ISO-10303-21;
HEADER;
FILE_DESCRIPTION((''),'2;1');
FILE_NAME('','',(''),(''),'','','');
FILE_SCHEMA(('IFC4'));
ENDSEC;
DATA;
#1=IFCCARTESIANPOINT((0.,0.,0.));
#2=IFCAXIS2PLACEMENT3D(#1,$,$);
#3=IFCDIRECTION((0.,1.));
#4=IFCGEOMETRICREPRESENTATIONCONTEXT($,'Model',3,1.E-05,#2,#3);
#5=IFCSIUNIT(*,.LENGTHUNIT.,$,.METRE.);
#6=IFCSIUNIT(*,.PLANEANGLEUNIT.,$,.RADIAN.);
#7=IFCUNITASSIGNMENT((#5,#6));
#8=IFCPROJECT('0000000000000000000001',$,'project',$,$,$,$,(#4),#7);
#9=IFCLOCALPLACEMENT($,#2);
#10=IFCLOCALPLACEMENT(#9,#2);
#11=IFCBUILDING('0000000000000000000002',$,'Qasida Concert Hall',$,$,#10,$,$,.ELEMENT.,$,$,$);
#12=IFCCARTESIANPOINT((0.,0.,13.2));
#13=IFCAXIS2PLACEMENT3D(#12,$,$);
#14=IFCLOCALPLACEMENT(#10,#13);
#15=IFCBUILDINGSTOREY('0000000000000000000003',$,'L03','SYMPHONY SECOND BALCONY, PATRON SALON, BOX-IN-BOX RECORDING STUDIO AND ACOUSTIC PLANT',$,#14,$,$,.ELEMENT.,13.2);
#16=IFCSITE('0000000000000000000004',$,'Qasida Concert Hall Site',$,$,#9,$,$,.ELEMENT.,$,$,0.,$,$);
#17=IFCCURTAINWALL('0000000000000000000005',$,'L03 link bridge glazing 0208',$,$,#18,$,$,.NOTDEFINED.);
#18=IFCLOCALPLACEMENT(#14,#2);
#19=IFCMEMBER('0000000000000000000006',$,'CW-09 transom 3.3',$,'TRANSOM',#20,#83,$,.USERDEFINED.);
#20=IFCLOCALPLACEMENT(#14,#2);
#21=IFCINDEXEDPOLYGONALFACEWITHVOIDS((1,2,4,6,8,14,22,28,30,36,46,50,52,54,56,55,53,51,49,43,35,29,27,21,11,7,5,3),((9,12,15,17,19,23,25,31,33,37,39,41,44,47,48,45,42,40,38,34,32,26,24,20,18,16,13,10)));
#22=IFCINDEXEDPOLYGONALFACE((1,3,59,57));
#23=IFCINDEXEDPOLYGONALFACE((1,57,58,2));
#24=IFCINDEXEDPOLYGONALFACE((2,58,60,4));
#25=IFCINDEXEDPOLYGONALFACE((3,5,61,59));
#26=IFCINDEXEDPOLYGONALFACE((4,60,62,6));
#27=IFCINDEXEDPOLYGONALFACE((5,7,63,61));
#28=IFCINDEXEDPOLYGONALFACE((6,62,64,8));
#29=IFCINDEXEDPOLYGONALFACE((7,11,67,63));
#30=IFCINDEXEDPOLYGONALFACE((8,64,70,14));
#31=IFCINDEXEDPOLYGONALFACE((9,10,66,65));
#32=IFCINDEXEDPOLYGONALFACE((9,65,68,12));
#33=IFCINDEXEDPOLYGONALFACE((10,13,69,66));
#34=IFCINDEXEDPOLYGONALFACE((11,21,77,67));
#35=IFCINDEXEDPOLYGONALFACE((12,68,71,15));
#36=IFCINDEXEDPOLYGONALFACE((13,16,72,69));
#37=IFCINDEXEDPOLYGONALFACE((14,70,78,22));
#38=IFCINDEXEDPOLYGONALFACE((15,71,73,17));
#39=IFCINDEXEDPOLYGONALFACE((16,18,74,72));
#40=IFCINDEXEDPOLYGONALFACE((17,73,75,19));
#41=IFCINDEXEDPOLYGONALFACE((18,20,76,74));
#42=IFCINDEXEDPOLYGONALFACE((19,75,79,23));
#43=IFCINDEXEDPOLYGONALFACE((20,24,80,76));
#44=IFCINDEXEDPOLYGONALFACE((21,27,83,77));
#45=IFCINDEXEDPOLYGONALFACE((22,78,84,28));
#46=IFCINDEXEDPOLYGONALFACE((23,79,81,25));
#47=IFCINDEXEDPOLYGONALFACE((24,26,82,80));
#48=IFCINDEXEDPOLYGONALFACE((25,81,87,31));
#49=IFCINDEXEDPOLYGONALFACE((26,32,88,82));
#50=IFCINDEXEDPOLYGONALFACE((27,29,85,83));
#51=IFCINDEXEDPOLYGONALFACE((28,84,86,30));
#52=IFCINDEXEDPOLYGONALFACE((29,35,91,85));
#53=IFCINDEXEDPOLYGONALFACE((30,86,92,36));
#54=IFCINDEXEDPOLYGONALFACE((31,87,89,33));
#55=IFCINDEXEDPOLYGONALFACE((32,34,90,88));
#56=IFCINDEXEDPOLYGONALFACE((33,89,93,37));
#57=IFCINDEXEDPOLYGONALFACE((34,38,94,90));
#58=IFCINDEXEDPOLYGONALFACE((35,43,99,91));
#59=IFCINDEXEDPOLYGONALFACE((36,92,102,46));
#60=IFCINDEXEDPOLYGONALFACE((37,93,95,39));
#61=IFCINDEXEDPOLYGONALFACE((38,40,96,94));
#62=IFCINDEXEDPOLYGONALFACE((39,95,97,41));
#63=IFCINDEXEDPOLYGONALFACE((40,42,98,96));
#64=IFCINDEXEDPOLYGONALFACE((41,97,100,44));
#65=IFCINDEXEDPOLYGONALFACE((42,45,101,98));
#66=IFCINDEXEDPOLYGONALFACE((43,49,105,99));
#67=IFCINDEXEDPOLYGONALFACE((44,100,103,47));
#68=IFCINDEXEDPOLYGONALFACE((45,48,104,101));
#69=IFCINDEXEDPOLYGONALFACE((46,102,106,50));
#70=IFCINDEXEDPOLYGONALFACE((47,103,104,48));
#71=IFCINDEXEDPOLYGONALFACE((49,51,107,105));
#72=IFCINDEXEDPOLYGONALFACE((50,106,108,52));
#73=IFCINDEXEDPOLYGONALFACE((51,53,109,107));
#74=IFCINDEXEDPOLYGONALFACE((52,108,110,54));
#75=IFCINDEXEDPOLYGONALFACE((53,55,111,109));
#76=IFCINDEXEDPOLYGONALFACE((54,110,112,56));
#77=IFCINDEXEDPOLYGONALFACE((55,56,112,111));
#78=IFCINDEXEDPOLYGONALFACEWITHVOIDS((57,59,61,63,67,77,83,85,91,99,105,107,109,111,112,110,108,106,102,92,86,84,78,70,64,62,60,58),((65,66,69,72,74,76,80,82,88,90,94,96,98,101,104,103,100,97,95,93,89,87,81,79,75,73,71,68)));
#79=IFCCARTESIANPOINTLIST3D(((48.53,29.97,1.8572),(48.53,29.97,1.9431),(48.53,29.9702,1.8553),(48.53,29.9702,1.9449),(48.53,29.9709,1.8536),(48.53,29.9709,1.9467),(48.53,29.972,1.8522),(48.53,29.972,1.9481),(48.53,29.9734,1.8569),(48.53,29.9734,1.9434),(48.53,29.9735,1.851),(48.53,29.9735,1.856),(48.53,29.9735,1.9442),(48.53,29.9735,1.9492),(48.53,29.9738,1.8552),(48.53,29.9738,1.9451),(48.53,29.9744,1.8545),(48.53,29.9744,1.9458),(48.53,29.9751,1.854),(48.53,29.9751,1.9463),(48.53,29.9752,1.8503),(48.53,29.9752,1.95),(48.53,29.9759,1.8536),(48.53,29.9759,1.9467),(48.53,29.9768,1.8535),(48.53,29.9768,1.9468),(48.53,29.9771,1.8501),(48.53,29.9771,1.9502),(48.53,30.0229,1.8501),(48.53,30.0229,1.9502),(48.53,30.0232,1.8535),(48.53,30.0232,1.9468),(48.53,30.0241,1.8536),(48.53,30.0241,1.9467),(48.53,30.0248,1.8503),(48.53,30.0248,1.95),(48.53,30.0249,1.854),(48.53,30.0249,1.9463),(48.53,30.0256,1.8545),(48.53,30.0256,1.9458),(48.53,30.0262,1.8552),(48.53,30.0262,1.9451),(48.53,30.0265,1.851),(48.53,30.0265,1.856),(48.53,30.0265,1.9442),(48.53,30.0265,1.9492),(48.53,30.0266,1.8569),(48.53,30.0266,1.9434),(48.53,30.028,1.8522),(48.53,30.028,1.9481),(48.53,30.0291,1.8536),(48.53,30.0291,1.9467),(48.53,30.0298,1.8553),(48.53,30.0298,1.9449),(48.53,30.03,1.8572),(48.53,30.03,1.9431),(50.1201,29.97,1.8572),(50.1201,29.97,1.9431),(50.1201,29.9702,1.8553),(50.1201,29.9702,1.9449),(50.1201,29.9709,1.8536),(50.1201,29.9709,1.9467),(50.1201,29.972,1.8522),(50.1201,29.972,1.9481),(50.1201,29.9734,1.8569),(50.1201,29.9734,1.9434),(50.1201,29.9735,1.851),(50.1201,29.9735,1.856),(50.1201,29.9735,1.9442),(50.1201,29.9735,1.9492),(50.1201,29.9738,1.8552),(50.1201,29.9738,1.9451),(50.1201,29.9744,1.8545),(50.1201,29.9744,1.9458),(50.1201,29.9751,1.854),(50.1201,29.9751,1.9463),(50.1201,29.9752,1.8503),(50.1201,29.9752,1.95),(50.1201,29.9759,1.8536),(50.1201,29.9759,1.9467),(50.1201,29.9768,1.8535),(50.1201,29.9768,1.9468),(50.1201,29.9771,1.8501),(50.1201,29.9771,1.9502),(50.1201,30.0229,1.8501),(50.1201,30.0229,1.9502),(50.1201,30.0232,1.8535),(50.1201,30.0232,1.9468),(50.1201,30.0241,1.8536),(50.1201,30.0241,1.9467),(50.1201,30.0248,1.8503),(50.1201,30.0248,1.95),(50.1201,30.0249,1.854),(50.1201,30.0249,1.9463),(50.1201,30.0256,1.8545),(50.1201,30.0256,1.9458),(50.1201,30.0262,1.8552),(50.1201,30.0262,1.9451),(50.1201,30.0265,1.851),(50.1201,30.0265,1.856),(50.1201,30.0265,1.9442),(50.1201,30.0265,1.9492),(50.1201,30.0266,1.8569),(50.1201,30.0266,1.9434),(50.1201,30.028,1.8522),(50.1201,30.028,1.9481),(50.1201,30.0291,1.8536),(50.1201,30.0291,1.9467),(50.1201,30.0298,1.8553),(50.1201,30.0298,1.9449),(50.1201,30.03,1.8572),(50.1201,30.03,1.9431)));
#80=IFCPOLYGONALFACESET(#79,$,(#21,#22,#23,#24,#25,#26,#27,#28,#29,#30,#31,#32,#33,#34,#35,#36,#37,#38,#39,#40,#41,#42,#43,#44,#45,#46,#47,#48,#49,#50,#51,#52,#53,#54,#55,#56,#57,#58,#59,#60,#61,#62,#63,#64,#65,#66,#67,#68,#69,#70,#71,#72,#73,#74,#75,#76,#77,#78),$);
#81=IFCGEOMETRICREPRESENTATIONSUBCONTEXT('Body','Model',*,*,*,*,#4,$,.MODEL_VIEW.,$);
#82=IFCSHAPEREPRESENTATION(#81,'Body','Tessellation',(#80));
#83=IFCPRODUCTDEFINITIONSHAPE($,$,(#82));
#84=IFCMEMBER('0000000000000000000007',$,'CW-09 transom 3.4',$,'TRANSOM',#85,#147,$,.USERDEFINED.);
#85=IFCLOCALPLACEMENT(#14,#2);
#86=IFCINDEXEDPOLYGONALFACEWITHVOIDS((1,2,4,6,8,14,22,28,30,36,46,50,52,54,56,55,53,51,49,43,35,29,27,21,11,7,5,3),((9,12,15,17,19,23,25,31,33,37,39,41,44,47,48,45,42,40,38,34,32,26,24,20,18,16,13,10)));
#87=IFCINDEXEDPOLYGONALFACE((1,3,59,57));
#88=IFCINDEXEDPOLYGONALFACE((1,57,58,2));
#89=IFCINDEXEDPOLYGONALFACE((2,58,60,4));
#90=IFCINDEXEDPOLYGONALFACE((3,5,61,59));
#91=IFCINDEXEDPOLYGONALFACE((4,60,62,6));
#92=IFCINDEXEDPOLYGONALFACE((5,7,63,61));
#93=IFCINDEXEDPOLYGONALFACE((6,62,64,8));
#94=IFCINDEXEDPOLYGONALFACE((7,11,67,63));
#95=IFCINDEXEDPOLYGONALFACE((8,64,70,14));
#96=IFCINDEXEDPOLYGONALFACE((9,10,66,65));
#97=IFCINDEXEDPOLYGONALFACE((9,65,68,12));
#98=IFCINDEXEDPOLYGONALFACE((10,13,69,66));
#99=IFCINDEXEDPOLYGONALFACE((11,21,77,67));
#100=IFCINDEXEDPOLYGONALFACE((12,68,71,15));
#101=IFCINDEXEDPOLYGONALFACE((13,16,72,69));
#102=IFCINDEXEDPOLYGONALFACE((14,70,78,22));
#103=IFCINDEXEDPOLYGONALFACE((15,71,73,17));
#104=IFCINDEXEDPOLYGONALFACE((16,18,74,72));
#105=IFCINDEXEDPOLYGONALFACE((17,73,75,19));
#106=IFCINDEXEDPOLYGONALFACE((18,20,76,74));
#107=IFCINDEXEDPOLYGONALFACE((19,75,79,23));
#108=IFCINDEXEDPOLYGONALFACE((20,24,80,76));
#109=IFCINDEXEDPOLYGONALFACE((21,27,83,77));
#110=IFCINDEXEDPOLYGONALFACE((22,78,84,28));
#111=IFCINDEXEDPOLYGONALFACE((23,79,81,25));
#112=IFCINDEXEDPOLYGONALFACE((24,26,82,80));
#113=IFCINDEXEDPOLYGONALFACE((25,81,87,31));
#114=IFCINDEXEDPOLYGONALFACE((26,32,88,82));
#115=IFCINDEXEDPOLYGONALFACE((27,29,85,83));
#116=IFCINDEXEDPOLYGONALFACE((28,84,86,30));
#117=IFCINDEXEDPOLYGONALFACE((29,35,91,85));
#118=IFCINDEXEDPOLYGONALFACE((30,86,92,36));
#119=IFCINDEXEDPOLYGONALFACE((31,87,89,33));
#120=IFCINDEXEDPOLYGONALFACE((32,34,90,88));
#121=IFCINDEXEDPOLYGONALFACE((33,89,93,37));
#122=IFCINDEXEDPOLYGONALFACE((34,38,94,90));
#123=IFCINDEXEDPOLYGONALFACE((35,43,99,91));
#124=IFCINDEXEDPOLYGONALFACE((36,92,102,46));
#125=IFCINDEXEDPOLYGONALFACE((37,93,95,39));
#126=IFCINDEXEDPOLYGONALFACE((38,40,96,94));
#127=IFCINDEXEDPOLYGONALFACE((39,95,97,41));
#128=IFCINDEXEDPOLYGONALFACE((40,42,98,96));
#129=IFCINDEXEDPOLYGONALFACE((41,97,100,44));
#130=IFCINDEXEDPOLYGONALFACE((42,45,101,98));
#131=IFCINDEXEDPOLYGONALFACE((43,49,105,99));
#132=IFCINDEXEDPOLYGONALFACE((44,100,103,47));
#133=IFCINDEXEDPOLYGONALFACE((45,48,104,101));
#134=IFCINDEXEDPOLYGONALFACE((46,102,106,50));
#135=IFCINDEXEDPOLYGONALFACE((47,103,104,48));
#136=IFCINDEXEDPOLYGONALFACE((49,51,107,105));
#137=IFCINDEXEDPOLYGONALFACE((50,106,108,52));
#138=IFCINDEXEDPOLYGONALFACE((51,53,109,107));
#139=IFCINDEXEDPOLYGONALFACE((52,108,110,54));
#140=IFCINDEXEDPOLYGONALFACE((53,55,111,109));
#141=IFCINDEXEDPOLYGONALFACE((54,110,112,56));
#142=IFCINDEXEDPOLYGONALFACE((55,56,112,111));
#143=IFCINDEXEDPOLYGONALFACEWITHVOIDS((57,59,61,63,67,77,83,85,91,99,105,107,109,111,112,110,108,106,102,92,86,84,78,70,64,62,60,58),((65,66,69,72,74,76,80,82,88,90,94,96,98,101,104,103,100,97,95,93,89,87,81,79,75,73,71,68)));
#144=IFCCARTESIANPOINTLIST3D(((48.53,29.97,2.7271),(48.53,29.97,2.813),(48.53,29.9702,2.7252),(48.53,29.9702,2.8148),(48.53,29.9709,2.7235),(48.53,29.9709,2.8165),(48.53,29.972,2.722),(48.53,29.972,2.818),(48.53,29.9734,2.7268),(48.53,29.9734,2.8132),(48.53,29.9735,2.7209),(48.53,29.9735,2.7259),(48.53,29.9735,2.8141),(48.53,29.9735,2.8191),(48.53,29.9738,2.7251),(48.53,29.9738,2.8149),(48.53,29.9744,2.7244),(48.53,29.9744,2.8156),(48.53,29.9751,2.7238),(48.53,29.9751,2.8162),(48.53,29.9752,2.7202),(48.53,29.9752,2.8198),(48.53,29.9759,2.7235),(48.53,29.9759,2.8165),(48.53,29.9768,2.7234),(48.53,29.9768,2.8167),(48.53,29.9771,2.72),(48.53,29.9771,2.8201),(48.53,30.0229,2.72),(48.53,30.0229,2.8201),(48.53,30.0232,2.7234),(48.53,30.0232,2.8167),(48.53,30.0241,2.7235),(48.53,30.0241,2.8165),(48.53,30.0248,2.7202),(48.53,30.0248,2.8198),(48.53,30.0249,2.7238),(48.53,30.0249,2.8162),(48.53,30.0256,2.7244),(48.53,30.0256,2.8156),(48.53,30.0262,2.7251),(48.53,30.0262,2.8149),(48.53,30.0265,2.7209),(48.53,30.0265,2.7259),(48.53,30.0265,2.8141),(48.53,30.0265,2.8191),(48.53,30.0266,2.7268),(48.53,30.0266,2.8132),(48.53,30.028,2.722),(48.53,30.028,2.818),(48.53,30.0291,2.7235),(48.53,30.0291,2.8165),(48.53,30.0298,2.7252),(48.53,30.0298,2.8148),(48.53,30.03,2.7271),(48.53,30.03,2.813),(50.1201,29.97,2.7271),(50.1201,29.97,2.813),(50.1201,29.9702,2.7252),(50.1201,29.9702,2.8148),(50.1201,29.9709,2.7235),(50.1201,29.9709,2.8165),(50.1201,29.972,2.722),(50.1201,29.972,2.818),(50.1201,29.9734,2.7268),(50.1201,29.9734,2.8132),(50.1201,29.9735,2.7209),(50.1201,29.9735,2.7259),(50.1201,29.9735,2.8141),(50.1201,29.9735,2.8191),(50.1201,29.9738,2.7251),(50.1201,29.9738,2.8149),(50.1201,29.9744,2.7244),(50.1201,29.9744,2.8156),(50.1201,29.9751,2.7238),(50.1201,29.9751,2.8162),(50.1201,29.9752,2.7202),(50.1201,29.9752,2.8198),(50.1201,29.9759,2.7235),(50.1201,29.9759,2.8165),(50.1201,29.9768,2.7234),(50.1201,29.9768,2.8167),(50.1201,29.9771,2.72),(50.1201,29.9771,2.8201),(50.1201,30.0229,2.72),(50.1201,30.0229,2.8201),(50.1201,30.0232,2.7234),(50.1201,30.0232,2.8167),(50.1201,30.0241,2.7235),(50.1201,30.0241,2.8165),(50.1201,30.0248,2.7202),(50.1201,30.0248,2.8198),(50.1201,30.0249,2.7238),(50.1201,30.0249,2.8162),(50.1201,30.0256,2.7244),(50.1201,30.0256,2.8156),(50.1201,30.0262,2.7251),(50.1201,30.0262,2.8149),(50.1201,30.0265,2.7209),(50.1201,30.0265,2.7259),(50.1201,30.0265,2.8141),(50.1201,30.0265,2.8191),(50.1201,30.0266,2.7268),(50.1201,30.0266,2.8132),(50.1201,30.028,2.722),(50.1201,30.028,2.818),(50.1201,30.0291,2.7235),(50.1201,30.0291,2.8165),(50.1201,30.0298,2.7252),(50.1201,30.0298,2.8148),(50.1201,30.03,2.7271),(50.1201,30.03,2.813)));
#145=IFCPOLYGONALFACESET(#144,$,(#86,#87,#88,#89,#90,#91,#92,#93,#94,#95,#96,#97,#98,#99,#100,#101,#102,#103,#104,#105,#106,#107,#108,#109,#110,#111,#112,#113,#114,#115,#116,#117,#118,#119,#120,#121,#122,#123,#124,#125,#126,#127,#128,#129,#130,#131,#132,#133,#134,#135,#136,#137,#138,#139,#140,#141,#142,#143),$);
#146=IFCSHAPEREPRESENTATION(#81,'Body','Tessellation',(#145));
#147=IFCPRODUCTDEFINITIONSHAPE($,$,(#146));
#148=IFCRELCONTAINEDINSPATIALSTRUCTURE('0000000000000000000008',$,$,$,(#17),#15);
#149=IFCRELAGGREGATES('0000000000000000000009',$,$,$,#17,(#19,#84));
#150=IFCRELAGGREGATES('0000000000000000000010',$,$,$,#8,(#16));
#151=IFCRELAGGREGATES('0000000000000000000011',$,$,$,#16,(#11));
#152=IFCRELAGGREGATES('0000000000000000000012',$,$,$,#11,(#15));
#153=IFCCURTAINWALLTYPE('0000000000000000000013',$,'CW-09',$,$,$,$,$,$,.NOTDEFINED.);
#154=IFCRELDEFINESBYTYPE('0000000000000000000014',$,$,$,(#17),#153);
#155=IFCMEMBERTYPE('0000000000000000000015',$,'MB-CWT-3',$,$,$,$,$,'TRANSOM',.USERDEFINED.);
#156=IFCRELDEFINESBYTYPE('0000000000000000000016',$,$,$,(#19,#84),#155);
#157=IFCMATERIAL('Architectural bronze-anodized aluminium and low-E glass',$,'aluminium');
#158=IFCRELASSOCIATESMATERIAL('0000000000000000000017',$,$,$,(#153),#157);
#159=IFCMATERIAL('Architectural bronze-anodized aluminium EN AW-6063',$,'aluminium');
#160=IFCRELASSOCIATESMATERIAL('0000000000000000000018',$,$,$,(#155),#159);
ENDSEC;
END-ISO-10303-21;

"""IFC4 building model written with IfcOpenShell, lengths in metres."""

from ifc_helpers import new_model, si_unit, direction, frame, origin, origin_2d, place, context, subcontext, project, spatial, hollow_rectangle, extrude, material, material_profile, profile_set, type_object, element, aggregate, save


model = new_model("IFC4")

# Units and contexts
model_context = context("Model", 3, precision=1e-05, world=origin(), true_north=direction((0.0, 1.0)))
body_context = subcontext(model_context, "Body", "Model", "MODEL_VIEW")
ifc_project = project(units=[si_unit("LENGTHUNIT", "METRE"), si_unit("PLANEANGLEUNIT", "RADIAN")], contexts=[model_context])

# Site, building, storey
site_placement = place(None, origin())
site = spatial("IfcSite", under=ifc_project, at=site_placement, Name="Qasida Concert Hall Site", CompositionType="ELEMENT", RefElevation=0.0)
building_placement = place(site_placement, origin())
building = spatial("IfcBuilding", under=site, at=building_placement, Name="Qasida Concert Hall", CompositionType="ELEMENT")
storey_placement = place(building_placement, frame((0.0, 0.0, 13.2)))
storey = spatial("IfcBuildingStorey", under=building, at=storey_placement, Name="L03", Description="SYMPHONY SECOND BALCONY, PATRON SALON, BOX-IN-BOX RECORDING STUDIO AND ACOUSTIC PLANT", CompositionType="ELEMENT", Elevation=13.2)

# Curtain wall
ifc_material_1 = material(Name="Architectural bronze-anodized aluminium and low-E glass", Category="aluminium")
curtain_wall_type_1 = type_object("IfcCurtainWallType", Name="CW-09", PredefinedType="NOTDEFINED", material=ifc_material_1)
curtain_wall_1_placement = place(storey_placement, origin())
curtain_wall_1 = element("IfcCurtainWall", 1, at=curtain_wall_1_placement, inside=storey, type_object=curtain_wall_type_1, Name="L03 link bridge glazing 0208", PredefinedType="NOTDEFINED")
ifc_material_2 = material(Name="Architectural bronze-anodized aluminium EN AW-6063", Category="aluminium")

# Members
ifc_material_profile_1 = material_profile(ifc_material_2, hollow_rectangle(XDim=0.0601, YDim=0.1001, WallThickness=0.0034, InnerFilletRadius=0.0034, OuterFilletRadius=0.0071, at=origin_2d()), Name="CWT 100x60x3.5")
ifc_profile_set_1 = profile_set([ifc_material_profile_1], Name="Architectural bronze-anodized aluminium EN AW-6063")
member_type_1 = type_object("IfcMemberType", Name="MB-CWT-3", ElementType="TRANSOM", PredefinedType="USERDEFINED", material=ifc_profile_set_1)
member_1_placement = place(storey_placement, frame((48.53, 30.0, 1.9001), z_axis=(1.0, 0.0, 0.0), x_axis=(0.0, 1.0, 0.0)))
member_1 = element("IfcMember", 2, at=member_1_placement, type_object=member_type_1, Name="CW-09 transom 3.3", ObjectType="TRANSOM", PredefinedType="USERDEFINED", context=body_context, shape_type="SweptSolid", body=[
    extrude(hollow_rectangle(XDim=0.0601, YDim=0.1001, WallThickness=0.0034, InnerFilletRadius=0.0034, OuterFilletRadius=0.0071, at=origin_2d()), origin(), (0.0, 0.0, 1.0), 1.5901),
])
member_2_placement = place(storey_placement, frame((48.53, 30.0, 2.77), z_axis=(1.0, 0.0, 0.0), x_axis=(0.0, 1.0, 0.0)))
member_2 = element("IfcMember", 3, at=member_2_placement, type_object=member_type_1, Name="CW-09 transom 3.4", ObjectType="TRANSOM", PredefinedType="USERDEFINED", context=body_context, shape_type="SweptSolid", body=[
    extrude(hollow_rectangle(XDim=0.0601, YDim=0.1001, WallThickness=0.0034, InnerFilletRadius=0.0034, OuterFilletRadius=0.0071, at=origin_2d()), origin(), (0.0, 0.0, 1.0), 1.5901),
])

aggregate(curtain_wall_1, [member_1, member_2])

save(model, "model.ifc")
